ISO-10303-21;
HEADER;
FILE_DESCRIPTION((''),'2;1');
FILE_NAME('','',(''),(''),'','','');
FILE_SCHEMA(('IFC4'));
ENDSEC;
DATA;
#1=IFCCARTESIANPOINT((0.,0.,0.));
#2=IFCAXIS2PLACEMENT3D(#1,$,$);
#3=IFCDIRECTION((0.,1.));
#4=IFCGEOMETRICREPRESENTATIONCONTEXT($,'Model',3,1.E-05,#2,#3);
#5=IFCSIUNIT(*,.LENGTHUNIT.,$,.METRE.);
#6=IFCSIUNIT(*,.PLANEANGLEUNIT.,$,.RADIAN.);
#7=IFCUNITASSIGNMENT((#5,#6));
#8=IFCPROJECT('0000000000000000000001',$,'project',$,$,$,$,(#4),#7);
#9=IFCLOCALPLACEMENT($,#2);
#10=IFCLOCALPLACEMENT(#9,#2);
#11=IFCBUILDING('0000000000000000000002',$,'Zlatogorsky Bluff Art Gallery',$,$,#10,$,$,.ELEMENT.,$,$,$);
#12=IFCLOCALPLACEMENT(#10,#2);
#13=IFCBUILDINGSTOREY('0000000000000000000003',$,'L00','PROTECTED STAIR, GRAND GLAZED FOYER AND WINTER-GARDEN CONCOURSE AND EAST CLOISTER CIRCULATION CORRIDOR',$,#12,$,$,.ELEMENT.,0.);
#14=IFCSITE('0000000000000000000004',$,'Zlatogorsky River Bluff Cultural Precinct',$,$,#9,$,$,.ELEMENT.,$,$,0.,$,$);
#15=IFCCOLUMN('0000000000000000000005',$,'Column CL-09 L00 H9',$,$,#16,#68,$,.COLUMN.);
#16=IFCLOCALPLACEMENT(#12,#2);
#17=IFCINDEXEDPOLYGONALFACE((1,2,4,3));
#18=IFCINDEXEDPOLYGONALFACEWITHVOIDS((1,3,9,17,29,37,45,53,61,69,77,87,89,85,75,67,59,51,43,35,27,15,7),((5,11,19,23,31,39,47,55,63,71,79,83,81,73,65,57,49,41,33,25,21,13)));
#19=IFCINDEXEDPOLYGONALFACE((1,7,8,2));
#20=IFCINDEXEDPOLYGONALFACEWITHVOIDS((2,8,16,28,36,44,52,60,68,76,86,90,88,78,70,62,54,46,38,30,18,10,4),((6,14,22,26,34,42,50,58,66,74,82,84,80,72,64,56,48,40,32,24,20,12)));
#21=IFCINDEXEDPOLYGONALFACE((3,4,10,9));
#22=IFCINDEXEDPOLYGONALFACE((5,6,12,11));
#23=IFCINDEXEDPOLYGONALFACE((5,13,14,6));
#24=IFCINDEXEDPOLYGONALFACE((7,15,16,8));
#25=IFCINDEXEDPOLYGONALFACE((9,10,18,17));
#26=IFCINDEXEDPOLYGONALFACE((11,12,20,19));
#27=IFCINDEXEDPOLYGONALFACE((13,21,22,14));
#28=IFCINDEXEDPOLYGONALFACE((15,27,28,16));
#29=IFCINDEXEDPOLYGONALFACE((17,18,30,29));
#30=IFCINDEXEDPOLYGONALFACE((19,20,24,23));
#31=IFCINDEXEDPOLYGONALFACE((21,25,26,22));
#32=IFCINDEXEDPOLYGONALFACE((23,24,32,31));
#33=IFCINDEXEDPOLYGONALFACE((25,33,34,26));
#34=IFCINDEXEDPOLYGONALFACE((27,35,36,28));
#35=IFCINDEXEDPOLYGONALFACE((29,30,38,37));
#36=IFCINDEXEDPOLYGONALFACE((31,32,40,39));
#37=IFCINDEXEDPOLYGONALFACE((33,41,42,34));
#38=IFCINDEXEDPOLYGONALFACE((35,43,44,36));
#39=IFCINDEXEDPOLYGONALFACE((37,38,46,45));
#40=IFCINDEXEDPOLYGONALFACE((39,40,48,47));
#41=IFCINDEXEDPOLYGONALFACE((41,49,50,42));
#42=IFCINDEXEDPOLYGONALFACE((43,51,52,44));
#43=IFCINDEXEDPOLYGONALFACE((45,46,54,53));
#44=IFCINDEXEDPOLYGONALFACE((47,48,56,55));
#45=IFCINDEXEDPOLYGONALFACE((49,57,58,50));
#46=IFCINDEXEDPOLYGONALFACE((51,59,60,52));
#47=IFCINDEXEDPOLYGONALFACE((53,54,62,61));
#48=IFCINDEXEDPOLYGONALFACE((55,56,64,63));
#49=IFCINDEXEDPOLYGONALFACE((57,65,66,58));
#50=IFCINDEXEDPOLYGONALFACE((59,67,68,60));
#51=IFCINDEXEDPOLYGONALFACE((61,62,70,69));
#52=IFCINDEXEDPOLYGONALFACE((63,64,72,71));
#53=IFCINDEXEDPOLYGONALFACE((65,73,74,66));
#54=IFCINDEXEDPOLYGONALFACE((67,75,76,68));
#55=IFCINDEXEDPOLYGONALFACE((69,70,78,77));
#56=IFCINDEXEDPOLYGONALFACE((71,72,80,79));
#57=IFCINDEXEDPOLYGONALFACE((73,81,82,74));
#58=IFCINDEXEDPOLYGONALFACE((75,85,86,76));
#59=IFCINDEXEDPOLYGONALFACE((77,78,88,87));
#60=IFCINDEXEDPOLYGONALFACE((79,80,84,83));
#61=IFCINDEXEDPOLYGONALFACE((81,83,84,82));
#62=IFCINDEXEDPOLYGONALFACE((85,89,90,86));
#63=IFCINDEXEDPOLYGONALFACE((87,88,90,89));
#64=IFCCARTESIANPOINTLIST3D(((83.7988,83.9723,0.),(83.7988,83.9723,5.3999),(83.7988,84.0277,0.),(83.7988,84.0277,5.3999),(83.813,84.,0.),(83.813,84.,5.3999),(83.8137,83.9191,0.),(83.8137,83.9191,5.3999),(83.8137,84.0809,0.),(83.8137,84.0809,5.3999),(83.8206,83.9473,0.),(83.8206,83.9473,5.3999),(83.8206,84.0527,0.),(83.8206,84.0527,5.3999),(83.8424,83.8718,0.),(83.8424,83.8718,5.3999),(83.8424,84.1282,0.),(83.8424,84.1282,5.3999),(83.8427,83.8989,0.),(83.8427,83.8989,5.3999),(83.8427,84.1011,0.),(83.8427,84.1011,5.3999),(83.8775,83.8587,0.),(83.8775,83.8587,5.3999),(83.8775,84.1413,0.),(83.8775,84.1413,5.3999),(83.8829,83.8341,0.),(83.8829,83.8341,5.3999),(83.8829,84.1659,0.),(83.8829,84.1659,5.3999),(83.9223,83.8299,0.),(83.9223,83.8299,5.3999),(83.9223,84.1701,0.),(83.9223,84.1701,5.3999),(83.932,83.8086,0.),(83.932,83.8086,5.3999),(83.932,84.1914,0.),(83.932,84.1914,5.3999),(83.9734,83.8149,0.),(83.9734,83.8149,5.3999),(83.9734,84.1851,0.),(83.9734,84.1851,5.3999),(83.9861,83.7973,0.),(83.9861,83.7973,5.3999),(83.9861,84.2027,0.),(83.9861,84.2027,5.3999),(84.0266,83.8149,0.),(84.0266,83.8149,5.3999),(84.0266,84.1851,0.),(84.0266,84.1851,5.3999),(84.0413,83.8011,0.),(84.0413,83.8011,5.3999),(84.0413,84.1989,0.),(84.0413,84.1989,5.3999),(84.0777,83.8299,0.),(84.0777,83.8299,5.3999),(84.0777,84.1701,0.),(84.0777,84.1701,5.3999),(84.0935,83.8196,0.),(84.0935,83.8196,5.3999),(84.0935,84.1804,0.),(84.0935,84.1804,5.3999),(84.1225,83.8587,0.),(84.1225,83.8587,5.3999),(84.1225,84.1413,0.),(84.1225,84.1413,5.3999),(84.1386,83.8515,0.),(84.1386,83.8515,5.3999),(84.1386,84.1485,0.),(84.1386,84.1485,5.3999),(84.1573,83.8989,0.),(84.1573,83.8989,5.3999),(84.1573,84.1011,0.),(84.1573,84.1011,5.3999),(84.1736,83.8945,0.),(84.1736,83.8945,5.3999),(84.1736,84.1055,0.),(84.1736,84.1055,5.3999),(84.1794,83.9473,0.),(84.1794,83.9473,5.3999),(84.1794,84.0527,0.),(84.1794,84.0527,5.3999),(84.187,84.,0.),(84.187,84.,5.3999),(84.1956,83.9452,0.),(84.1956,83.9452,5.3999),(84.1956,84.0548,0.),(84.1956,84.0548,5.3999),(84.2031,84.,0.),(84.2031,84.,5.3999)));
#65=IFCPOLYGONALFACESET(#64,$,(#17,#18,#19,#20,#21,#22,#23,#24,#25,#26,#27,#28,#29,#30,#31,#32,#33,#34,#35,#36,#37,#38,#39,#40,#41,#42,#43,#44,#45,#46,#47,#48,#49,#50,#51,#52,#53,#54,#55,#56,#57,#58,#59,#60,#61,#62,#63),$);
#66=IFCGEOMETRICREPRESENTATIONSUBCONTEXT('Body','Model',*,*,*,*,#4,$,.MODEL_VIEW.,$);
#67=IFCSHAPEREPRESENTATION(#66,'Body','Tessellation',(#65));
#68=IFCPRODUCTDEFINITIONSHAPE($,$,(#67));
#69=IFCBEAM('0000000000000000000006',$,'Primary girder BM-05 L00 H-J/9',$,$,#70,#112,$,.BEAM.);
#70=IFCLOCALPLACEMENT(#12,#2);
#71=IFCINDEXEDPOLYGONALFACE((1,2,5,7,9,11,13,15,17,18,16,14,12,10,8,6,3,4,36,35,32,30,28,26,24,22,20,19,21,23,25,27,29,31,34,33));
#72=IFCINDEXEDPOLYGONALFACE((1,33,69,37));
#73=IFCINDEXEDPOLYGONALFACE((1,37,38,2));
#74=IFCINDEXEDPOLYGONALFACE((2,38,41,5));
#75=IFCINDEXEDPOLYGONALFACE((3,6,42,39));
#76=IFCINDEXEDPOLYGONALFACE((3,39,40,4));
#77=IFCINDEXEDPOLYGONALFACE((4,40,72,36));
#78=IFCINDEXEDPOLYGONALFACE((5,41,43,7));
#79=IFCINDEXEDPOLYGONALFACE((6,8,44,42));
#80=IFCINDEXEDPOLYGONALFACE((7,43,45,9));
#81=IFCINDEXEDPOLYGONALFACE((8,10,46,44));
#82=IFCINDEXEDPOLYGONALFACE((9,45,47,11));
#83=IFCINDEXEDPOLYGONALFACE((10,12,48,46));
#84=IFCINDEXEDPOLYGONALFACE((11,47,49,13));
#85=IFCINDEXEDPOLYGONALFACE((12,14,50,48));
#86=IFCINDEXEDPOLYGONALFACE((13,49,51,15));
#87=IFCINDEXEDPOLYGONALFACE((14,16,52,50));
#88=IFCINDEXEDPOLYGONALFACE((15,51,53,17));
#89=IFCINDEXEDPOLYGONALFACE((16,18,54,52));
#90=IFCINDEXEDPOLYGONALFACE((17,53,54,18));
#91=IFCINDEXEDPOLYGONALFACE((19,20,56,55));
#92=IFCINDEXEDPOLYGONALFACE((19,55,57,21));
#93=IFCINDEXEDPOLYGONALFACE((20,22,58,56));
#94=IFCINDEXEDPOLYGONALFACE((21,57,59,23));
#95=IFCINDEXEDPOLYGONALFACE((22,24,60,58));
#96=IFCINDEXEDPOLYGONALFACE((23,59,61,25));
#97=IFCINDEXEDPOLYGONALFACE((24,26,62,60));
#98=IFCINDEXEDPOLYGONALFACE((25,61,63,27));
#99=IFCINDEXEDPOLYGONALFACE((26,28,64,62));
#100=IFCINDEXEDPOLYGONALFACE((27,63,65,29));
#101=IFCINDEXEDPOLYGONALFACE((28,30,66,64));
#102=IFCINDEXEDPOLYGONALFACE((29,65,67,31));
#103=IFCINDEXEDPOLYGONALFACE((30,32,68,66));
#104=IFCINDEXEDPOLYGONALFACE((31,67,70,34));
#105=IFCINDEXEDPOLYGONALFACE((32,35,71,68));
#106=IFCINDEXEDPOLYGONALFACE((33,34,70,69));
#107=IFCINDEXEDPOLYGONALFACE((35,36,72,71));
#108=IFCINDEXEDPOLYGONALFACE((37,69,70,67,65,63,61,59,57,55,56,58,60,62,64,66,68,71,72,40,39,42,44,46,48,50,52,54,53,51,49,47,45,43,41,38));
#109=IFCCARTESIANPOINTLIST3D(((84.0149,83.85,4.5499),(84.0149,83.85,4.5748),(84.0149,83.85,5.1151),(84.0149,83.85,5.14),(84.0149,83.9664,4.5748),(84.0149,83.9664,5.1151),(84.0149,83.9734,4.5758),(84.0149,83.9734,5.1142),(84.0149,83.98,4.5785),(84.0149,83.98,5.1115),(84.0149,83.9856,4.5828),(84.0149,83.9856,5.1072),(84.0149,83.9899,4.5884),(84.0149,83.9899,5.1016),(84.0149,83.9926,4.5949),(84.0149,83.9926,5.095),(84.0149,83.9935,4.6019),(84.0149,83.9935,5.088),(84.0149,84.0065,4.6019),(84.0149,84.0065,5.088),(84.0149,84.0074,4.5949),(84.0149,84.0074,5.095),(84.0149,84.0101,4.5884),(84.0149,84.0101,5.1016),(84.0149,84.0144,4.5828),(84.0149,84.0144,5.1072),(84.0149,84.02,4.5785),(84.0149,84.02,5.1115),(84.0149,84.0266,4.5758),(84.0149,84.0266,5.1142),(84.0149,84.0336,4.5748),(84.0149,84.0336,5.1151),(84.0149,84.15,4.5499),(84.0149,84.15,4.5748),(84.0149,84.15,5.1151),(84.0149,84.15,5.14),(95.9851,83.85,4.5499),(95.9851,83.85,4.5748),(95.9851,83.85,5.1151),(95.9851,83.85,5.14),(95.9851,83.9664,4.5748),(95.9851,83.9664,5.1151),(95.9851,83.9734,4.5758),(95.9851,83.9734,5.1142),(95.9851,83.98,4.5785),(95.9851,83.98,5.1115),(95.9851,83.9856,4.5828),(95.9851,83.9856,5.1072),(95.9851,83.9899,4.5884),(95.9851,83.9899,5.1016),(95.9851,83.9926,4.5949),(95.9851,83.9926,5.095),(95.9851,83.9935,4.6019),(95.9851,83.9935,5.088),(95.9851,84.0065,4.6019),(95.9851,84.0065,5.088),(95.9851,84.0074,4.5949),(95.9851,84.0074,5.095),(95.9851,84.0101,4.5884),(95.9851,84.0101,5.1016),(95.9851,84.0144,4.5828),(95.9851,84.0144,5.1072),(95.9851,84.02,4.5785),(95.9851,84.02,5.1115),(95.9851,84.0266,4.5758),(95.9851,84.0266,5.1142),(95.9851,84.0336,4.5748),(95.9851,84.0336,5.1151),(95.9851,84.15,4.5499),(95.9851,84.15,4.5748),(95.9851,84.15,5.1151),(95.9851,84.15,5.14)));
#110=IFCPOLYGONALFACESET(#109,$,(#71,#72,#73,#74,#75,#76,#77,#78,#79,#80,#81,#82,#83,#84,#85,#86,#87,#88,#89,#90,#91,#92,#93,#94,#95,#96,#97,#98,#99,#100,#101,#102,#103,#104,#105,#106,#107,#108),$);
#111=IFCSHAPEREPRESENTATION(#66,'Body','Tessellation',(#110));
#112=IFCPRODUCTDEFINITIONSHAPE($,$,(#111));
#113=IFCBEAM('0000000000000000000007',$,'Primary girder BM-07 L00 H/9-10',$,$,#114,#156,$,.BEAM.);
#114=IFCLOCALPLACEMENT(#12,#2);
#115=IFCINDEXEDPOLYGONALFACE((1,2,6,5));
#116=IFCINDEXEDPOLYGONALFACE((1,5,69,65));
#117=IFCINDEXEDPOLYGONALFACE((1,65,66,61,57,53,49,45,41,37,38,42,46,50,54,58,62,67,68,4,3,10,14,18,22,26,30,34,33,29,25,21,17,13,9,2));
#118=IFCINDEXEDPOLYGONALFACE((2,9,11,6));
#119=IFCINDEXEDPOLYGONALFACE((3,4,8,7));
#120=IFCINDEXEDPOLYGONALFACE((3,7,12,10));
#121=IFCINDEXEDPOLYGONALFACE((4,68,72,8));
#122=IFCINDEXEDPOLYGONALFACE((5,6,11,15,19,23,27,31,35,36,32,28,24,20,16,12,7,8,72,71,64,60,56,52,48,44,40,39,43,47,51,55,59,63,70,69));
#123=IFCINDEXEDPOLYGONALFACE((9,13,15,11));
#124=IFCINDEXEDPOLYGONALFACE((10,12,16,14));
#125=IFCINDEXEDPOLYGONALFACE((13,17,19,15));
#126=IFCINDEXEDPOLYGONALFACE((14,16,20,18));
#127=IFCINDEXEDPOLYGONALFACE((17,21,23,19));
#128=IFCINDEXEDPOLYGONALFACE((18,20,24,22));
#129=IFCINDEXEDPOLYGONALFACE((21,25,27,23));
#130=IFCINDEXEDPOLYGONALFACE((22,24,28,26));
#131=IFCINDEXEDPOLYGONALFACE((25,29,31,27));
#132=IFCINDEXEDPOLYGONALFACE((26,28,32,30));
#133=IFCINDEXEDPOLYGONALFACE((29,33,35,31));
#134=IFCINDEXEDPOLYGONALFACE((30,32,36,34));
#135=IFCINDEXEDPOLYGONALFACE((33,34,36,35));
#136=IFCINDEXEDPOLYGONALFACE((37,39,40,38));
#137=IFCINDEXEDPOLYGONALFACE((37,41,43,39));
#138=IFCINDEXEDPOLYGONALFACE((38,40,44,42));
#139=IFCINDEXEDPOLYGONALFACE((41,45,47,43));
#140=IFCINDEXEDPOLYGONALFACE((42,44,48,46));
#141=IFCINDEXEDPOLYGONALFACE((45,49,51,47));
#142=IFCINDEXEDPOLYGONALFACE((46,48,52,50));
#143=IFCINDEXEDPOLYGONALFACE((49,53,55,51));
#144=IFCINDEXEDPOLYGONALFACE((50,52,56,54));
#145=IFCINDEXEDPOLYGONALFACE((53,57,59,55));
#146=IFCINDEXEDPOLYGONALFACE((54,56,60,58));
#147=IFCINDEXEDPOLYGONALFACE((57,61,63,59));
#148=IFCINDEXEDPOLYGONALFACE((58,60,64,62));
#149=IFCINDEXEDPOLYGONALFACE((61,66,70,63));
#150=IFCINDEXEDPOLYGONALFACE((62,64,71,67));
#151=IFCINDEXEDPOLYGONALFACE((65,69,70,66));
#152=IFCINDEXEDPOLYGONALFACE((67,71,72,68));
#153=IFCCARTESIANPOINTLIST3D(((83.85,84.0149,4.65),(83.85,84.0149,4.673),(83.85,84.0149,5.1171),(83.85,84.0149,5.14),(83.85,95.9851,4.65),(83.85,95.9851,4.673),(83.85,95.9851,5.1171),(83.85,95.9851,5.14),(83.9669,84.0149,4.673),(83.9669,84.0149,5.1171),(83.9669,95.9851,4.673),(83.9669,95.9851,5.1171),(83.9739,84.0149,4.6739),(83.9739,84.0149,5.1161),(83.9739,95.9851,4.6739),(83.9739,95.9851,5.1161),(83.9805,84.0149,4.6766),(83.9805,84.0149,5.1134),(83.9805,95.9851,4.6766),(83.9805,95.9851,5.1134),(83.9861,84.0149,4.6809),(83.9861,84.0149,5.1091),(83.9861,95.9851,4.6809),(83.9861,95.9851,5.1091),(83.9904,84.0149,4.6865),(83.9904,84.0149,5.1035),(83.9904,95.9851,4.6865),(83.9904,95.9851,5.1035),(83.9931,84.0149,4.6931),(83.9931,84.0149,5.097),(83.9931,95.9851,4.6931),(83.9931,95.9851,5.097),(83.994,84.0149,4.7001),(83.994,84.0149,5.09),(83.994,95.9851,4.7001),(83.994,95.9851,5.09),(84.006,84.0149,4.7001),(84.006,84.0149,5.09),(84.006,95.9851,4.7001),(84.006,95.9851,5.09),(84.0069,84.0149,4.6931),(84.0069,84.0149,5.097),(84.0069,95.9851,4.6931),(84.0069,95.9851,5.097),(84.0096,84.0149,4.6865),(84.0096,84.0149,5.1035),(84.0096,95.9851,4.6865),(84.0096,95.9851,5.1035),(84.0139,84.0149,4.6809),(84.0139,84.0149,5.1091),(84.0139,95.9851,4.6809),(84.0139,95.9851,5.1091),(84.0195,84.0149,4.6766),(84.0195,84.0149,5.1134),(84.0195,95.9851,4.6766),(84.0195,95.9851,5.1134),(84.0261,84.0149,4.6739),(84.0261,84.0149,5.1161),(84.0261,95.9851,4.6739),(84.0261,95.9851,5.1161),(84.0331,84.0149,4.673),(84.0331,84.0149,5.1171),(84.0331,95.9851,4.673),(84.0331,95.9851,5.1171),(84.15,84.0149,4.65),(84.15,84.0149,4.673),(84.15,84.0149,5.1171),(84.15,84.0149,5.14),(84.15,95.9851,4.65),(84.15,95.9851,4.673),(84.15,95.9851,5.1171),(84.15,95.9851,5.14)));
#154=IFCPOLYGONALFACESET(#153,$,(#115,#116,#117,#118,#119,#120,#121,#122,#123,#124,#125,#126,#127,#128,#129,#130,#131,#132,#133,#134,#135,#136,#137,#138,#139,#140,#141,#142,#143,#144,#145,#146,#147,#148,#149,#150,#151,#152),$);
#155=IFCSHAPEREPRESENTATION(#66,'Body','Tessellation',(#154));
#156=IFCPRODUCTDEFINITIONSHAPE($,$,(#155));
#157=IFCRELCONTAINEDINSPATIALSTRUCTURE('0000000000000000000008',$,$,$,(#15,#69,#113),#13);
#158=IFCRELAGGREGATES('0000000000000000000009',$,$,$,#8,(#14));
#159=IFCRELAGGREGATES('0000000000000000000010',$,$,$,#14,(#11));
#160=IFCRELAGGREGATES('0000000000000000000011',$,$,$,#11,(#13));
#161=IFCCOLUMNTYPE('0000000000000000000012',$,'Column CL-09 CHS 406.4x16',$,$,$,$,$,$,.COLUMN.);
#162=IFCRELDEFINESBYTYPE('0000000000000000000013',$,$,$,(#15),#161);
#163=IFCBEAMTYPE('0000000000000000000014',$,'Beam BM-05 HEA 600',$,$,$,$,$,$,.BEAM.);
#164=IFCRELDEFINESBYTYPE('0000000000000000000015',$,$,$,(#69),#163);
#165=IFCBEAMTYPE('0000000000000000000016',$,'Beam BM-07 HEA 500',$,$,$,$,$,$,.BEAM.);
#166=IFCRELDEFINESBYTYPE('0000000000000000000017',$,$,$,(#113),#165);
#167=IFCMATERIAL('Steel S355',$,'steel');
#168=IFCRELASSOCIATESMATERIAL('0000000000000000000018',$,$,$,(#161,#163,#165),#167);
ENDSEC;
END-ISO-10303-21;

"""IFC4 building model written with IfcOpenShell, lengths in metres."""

from ifc_helpers import new_model, si_unit, direction, frame, origin, origin_2d, place, context, subcontext, project, spatial, hollow_circle, i_section, extrude, material, material_profile, profile_set, type_object, element, save


model = new_model("IFC4")

# Units and contexts
model_context = context("Model", 3, precision=1e-05, world=origin(), true_north=direction((0.0, 1.0)))
body_context = subcontext(model_context, "Body", "Model", "MODEL_VIEW")
ifc_project = project(units=[si_unit("LENGTHUNIT", "METRE"), si_unit("PLANEANGLEUNIT", "RADIAN")], contexts=[model_context])

# Site, building, storey
site_placement = place(None, origin())
site = spatial("IfcSite", under=ifc_project, at=site_placement, Name="Zlatogorsky River Bluff Cultural Precinct", CompositionType="ELEMENT", RefElevation=0.0)
building_placement = place(site_placement, origin())
building = spatial("IfcBuilding", under=site, at=building_placement, Name="Zlatogorsky Bluff Art Gallery", CompositionType="ELEMENT")
storey_placement = place(building_placement, origin())
storey = spatial("IfcBuildingStorey", under=building, at=storey_placement, Name="L00", Description="PROTECTED STAIR, GRAND GLAZED FOYER AND WINTER-GARDEN CONCOURSE AND EAST CLOISTER CIRCULATION CORRIDOR", CompositionType="ELEMENT", Elevation=0.0)

# Column
ifc_material_1 = material(Name="Steel S355", Category="steel")
ifc_material_profile_1 = material_profile(ifc_material_1, hollow_circle(Radius=0.2031, WallThickness=0.0161, at=origin_2d()), Name="CHS 406.4x16")
ifc_profile_set_1 = profile_set([ifc_material_profile_1], Name="Steel S355")
column_type = type_object("IfcColumnType", Name="Column CL-09 CHS 406.4x16", PredefinedType="COLUMN", material=ifc_profile_set_1)
column_placement = place(storey_placement, frame((84.0, 84.0, 0.0), z_axis=(0.0, 0.0, 1.0), x_axis=(1.0, 0.0, 0.0)))
element("IfcColumn", 1, at=column_placement, inside=storey, type_object=column_type, Name="Column CL-09 L00 H9", PredefinedType="COLUMN", context=body_context, shape_type="SweptSolid", body=[
    extrude(hollow_circle(Radius=0.2031, WallThickness=0.0161, at=origin_2d()), origin(), (0.0, 0.0, 1.0), 5.3999),
])

# Beams
ifc_material_profile_2 = material_profile(ifc_material_1, i_section(OverallWidth=0.3, OverallDepth=0.5901, WebThickness=0.0129, FlangeThickness=0.0249, FilletRadius=0.0271, at=origin_2d()), Name="HEA 600")
ifc_profile_set_2 = profile_set([ifc_material_profile_2], Name="Steel S355")
beam_type_1 = type_object("IfcBeamType", Name="Beam BM-05 HEA 600", PredefinedType="BEAM", material=ifc_profile_set_2)
beam_1_placement = place(storey_placement, frame((84.0149, 84.0, 4.845), z_axis=(1.0, 0.0, 0.0), x_axis=(0.0, 1.0, 0.0)))
element("IfcBeam", 2, at=beam_1_placement, inside=storey, type_object=beam_type_1, Name="Primary girder BM-05 L00 H-J/9", PredefinedType="BEAM", context=body_context, shape_type="SweptSolid", body=[
    extrude(i_section(OverallWidth=0.3, OverallDepth=0.5901, WebThickness=0.0129, FlangeThickness=0.0249, FilletRadius=0.0271, at=origin_2d()), origin(), (0.0, 0.0, 1.0), 11.9702),
])
ifc_material_profile_3 = material_profile(ifc_material_1, i_section(OverallWidth=0.3, OverallDepth=0.49, WebThickness=0.012, FlangeThickness=0.0229, FilletRadius=0.0271, at=origin_2d()), Name="HEA 500")
ifc_profile_set_3 = profile_set([ifc_material_profile_3], Name="Steel S355")
beam_type_2 = type_object("IfcBeamType", Name="Beam BM-07 HEA 500", PredefinedType="BEAM", material=ifc_profile_set_3)
beam_2_placement = place(storey_placement, frame((84.0, 84.0149, 4.895), z_axis=(0.0, 1.0, 0.0), x_axis=(-1.0, 0.0, 0.0)))
element("IfcBeam", 3, at=beam_2_placement, inside=storey, type_object=beam_type_2, Name="Primary girder BM-07 L00 H/9-10", PredefinedType="BEAM", context=body_context, shape_type="SweptSolid", body=[
    extrude(i_section(OverallWidth=0.3, OverallDepth=0.49, WebThickness=0.012, FlangeThickness=0.0229, FilletRadius=0.0271, at=origin_2d()), origin(), (0.0, 0.0, 1.0), 11.9702),
])

save(model, "model.ifc")
